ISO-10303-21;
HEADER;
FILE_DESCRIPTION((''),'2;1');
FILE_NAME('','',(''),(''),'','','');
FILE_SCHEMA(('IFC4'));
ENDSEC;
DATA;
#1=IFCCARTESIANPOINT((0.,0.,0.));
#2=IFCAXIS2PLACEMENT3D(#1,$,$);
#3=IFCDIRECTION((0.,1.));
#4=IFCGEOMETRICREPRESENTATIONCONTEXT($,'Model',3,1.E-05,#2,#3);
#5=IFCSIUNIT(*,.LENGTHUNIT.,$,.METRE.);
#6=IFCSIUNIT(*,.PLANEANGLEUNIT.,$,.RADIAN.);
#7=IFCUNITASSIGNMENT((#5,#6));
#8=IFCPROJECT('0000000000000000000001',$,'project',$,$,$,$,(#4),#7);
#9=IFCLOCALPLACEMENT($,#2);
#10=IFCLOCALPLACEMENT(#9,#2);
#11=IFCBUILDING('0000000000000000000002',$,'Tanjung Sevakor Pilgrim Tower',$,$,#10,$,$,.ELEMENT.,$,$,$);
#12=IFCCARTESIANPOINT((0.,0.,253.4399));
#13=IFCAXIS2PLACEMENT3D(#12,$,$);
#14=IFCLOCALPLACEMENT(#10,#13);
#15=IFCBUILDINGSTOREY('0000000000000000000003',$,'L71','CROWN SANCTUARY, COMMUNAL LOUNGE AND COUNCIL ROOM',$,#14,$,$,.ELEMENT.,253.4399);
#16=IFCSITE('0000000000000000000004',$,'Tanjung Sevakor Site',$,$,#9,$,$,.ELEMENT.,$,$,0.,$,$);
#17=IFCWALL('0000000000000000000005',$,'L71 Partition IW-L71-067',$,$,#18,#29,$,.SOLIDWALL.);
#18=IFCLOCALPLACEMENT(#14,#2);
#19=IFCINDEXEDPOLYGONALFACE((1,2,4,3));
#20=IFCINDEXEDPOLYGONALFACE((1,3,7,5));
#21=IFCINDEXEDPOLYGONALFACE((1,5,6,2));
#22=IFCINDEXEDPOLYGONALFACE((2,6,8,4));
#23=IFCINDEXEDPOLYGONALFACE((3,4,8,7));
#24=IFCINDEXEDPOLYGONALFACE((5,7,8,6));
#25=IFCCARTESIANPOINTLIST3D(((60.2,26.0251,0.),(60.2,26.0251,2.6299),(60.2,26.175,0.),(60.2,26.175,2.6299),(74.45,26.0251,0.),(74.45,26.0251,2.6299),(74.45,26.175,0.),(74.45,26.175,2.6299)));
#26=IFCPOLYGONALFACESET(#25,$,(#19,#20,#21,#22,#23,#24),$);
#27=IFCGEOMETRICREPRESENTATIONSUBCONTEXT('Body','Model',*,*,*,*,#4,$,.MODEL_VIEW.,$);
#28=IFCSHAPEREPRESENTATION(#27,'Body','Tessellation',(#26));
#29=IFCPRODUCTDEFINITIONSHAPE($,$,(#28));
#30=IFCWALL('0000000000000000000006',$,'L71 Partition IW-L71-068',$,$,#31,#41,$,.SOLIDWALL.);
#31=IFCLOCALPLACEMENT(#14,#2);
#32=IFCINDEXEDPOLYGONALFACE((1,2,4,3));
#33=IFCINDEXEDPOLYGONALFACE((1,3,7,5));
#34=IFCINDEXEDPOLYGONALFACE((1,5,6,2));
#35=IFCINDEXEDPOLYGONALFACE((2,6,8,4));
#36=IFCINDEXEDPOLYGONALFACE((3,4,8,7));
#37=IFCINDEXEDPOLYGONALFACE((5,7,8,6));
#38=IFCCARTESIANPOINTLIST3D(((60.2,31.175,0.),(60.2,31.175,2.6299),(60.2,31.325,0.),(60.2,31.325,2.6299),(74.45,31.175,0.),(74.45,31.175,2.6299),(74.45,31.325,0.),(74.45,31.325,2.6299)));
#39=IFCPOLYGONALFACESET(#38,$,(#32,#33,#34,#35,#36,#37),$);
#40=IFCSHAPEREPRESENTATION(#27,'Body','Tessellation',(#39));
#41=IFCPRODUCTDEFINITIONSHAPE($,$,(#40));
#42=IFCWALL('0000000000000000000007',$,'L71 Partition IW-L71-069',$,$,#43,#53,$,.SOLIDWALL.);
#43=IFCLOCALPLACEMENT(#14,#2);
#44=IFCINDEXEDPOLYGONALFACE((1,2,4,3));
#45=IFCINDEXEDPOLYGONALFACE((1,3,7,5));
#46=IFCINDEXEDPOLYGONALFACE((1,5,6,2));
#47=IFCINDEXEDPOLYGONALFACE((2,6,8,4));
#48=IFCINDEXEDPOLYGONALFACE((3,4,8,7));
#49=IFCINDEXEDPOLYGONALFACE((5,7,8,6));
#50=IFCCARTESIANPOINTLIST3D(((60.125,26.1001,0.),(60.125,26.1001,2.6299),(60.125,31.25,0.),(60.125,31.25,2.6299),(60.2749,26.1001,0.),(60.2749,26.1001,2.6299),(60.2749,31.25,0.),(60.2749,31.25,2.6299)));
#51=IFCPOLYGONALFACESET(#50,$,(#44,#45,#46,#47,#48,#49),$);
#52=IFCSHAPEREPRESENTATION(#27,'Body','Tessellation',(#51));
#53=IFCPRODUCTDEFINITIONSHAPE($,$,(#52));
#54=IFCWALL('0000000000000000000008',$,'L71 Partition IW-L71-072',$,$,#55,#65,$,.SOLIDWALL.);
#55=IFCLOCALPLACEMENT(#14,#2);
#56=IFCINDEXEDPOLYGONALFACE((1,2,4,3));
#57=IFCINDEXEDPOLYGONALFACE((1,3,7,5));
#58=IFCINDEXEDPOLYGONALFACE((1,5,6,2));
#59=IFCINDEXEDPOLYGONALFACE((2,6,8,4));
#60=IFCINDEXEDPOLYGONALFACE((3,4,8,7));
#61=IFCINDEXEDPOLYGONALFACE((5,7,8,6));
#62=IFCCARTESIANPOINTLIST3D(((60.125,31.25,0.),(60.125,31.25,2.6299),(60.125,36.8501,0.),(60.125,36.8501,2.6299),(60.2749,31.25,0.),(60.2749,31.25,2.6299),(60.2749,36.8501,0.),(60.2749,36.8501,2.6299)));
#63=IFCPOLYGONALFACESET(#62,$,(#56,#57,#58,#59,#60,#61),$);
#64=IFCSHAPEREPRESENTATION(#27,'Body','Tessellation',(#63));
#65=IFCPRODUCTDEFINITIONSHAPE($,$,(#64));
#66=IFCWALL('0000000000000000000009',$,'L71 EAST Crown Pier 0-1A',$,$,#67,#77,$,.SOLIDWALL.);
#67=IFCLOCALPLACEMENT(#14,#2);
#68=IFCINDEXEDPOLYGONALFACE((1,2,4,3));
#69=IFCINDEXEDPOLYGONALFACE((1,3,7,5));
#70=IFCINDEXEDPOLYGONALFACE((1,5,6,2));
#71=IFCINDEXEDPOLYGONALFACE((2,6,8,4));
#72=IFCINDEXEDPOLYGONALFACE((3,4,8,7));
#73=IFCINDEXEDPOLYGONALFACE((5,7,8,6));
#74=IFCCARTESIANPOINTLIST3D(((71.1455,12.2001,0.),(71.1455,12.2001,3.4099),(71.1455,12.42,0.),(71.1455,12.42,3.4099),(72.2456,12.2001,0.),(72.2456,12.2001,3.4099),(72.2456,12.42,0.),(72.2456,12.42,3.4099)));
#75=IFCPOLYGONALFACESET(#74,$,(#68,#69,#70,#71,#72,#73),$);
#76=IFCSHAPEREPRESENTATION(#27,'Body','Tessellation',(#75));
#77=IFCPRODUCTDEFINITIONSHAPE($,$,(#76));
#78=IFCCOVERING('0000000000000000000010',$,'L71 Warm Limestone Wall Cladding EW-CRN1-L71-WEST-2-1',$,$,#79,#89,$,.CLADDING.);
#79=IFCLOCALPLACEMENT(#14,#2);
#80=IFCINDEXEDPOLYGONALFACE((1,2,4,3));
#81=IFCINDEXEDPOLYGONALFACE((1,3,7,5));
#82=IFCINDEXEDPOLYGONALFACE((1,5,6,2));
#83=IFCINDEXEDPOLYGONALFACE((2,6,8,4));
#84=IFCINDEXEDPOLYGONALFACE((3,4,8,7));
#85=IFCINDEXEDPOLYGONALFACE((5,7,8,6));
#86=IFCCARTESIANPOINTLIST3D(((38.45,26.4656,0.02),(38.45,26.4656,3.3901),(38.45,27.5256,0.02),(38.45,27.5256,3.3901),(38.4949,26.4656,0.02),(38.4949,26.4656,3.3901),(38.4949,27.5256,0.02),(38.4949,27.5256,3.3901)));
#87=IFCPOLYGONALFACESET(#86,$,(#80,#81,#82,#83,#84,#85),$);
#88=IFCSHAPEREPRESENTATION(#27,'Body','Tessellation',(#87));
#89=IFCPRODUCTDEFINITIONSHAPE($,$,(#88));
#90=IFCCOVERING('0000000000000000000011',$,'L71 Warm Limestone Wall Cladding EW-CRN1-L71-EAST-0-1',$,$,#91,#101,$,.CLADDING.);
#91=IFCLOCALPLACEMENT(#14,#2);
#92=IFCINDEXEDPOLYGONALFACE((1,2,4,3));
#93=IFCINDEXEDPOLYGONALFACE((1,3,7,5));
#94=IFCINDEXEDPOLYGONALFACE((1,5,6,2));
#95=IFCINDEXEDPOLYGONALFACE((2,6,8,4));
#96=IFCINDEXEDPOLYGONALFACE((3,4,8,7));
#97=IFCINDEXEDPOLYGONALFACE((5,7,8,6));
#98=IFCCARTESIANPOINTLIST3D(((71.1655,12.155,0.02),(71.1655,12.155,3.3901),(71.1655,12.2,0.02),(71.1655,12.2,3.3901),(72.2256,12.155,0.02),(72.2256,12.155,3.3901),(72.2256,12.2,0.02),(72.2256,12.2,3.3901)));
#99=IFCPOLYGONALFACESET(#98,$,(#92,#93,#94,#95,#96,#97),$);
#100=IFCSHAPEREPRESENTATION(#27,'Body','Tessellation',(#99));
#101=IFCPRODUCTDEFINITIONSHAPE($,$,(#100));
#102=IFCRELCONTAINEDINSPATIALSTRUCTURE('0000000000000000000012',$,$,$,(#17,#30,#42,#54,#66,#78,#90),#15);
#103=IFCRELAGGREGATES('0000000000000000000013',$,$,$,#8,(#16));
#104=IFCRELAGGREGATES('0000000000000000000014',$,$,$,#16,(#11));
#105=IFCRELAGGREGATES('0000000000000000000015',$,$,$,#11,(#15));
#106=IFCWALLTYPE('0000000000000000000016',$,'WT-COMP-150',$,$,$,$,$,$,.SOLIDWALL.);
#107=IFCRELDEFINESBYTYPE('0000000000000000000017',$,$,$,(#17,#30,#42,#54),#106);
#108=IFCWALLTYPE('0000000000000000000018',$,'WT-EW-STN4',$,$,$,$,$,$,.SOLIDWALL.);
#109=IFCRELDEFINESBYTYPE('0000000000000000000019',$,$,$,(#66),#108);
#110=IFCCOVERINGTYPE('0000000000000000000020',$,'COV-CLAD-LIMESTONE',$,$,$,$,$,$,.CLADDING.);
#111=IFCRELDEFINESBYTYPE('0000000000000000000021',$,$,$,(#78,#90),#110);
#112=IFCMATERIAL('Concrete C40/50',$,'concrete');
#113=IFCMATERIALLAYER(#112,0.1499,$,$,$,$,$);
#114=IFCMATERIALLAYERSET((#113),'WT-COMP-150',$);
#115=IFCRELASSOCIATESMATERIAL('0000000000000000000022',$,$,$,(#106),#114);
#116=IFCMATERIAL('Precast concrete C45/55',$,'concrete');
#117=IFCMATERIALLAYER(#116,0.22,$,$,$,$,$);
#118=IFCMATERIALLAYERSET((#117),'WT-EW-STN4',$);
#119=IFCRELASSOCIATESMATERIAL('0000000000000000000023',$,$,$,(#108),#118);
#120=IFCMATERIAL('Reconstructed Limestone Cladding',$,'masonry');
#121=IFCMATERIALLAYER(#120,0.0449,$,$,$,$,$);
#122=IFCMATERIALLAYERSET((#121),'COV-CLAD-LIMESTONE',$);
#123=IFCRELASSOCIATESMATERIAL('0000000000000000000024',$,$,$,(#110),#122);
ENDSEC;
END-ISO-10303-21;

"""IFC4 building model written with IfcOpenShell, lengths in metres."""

from ifc_helpers import new_model, si_unit, direction, frame, frame_2d, origin, origin_2d, place, context, subcontext, project, spatial, rectangle, extrude, material, layer, layer_set, type_object, element, save


model = new_model("IFC4")

# Units and contexts
model_context = context("Model", 3, precision=1e-05, world=origin(), true_north=direction((0.0, 1.0)))
body_context = subcontext(model_context, "Body", "Model", "MODEL_VIEW")
ifc_project = project(units=[si_unit("LENGTHUNIT", "METRE"), si_unit("PLANEANGLEUNIT", "RADIAN")], contexts=[model_context])

# Site, building, storey
site_placement = place(None, origin())
site = spatial("IfcSite", under=ifc_project, at=site_placement, Name="Tanjung Sevakor Site", CompositionType="ELEMENT", RefElevation=0.0)
building_placement = place(site_placement, origin())
building = spatial("IfcBuilding", under=site, at=building_placement, Name="Tanjung Sevakor Pilgrim Tower", CompositionType="ELEMENT")
storey_placement = place(building_placement, frame((0.0, 0.0, 253.4399)))
storey = spatial("IfcBuildingStorey", under=building, at=storey_placement, Name="L71", Description="CROWN SANCTUARY, COMMUNAL LOUNGE AND COUNCIL ROOM", CompositionType="ELEMENT", Elevation=253.4399)

# Shared definitions
ifc_material_1 = material(Name="Concrete C40/50", Category="concrete")
ifc_layer_1 = layer(ifc_material_1, 0.1499)
ifc_layer_set_1 = layer_set([ifc_layer_1], Name="WT-COMP-150")
wall_type_1 = type_object("IfcWallType", Name="WT-COMP-150", PredefinedType="SOLIDWALL", material=ifc_layer_set_1)

# Walls
for number, where, z_axis, x_axis, name in (
    (1, (60.2, 26.1001, 0.0), (0.0, 0.0, 1.0), (1.0, 0.0, 0.0), "L71 Partition IW-L71-067"),
    (2, (60.2, 31.25, 0.0), (0.0, 0.0, 1.0), (1.0, 0.0, 0.0), "L71 Partition IW-L71-068"),
):
    element("IfcWall", number, at=place(storey_placement, frame(where, z_axis=z_axis, x_axis=x_axis)), inside=storey, type_object=wall_type_1, Name=name, PredefinedType="SOLIDWALL", context=body_context, shape_type="SweptSolid", body=[
        extrude(rectangle(XDim=14.25, YDim=0.1499, at=frame_2d((7.125, 0.0))), origin(), (0.0, 0.0, 1.0), 2.6299),
    ])
wall_1_placement = place(storey_placement, frame((60.2, 26.1001, 0.0), z_axis=(0.0, 0.0, 1.0), x_axis=(0.0, 1.0, 0.0)))
element("IfcWall", 3, at=wall_1_placement, inside=storey, type_object=wall_type_1, Name="L71 Partition IW-L71-069", PredefinedType="SOLIDWALL", context=body_context, shape_type="SweptSolid", body=[
    extrude(rectangle(XDim=5.1499, YDim=0.1499, at=frame_2d((2.575, 0.0))), origin(), (0.0, 0.0, 1.0), 2.6299),
])
wall_2_placement = place(storey_placement, frame((60.2, 31.25, 0.0), z_axis=(0.0, 0.0, 1.0), x_axis=(0.0, 1.0, 0.0)))
element("IfcWall", 4, at=wall_2_placement, inside=storey, type_object=wall_type_1, Name="L71 Partition IW-L71-072", PredefinedType="SOLIDWALL", context=body_context, shape_type="SweptSolid", body=[
    extrude(rectangle(XDim=5.6001, YDim=0.1499, at=frame_2d((2.8, 0.0))), origin(), (0.0, 0.0, 1.0), 2.6299),
])
ifc_material_2 = material(Name="Precast concrete C45/55", Category="concrete")
ifc_layer_2 = layer(ifc_material_2, 0.22)
ifc_layer_set_2 = layer_set([ifc_layer_2], Name="WT-EW-STN4")
wall_type_2 = type_object("IfcWallType", Name="WT-EW-STN4", PredefinedType="SOLIDWALL", material=ifc_layer_set_2)
wall_3_placement = place(storey_placement, frame((71.1455, 12.3101, 0.0), z_axis=(0.0, 0.0, 1.0), x_axis=(1.0, 0.0, 0.0)))
element("IfcWall", 5, at=wall_3_placement, inside=storey, type_object=wall_type_2, Name="L71 EAST Crown Pier 0-1A", PredefinedType="SOLIDWALL", context=body_context, shape_type="SweptSolid", body=[
    extrude(rectangle(XDim=1.1001, YDim=0.22, at=frame_2d((0.55, 0.0))), origin(), (0.0, 0.0, 1.0), 3.4099),
])

# Coverings
ifc_material_3 = material(Name="Reconstructed Limestone Cladding", Category="masonry")
ifc_layer_3 = layer(ifc_material_3, 0.0449)
ifc_layer_set_3 = layer_set([ifc_layer_3], Name="COV-CLAD-LIMESTONE")
covering_type = type_object("IfcCoveringType", Name="COV-CLAD-LIMESTONE", PredefinedType="CLADDING", material=ifc_layer_set_3)
for number, where, z_axis, x_axis, name in (
    (6, (38.4724, 26.9956, 0.02), (0.0, 0.0, 1.0), (0.0, 1.0, 0.0), "L71 Warm Limestone Wall Cladding EW-CRN1-L71-WEST-2-1"),
    (7, (71.6956, 12.1775, 0.02), (0.0, 0.0, 1.0), (1.0, 0.0, 0.0), "L71 Warm Limestone Wall Cladding EW-CRN1-L71-EAST-0-1"),
):
    element("IfcCovering", number, at=place(storey_placement, frame(where, z_axis=z_axis, x_axis=x_axis)), inside=storey, type_object=covering_type, Name=name, PredefinedType="CLADDING", context=body_context, shape_type="SweptSolid", body=[
        extrude(rectangle(XDim=1.0601, YDim=0.0449, at=origin_2d()), origin(), (0.0, 0.0, 1.0), 3.3701),
    ])

save(model, "model.ifc")
